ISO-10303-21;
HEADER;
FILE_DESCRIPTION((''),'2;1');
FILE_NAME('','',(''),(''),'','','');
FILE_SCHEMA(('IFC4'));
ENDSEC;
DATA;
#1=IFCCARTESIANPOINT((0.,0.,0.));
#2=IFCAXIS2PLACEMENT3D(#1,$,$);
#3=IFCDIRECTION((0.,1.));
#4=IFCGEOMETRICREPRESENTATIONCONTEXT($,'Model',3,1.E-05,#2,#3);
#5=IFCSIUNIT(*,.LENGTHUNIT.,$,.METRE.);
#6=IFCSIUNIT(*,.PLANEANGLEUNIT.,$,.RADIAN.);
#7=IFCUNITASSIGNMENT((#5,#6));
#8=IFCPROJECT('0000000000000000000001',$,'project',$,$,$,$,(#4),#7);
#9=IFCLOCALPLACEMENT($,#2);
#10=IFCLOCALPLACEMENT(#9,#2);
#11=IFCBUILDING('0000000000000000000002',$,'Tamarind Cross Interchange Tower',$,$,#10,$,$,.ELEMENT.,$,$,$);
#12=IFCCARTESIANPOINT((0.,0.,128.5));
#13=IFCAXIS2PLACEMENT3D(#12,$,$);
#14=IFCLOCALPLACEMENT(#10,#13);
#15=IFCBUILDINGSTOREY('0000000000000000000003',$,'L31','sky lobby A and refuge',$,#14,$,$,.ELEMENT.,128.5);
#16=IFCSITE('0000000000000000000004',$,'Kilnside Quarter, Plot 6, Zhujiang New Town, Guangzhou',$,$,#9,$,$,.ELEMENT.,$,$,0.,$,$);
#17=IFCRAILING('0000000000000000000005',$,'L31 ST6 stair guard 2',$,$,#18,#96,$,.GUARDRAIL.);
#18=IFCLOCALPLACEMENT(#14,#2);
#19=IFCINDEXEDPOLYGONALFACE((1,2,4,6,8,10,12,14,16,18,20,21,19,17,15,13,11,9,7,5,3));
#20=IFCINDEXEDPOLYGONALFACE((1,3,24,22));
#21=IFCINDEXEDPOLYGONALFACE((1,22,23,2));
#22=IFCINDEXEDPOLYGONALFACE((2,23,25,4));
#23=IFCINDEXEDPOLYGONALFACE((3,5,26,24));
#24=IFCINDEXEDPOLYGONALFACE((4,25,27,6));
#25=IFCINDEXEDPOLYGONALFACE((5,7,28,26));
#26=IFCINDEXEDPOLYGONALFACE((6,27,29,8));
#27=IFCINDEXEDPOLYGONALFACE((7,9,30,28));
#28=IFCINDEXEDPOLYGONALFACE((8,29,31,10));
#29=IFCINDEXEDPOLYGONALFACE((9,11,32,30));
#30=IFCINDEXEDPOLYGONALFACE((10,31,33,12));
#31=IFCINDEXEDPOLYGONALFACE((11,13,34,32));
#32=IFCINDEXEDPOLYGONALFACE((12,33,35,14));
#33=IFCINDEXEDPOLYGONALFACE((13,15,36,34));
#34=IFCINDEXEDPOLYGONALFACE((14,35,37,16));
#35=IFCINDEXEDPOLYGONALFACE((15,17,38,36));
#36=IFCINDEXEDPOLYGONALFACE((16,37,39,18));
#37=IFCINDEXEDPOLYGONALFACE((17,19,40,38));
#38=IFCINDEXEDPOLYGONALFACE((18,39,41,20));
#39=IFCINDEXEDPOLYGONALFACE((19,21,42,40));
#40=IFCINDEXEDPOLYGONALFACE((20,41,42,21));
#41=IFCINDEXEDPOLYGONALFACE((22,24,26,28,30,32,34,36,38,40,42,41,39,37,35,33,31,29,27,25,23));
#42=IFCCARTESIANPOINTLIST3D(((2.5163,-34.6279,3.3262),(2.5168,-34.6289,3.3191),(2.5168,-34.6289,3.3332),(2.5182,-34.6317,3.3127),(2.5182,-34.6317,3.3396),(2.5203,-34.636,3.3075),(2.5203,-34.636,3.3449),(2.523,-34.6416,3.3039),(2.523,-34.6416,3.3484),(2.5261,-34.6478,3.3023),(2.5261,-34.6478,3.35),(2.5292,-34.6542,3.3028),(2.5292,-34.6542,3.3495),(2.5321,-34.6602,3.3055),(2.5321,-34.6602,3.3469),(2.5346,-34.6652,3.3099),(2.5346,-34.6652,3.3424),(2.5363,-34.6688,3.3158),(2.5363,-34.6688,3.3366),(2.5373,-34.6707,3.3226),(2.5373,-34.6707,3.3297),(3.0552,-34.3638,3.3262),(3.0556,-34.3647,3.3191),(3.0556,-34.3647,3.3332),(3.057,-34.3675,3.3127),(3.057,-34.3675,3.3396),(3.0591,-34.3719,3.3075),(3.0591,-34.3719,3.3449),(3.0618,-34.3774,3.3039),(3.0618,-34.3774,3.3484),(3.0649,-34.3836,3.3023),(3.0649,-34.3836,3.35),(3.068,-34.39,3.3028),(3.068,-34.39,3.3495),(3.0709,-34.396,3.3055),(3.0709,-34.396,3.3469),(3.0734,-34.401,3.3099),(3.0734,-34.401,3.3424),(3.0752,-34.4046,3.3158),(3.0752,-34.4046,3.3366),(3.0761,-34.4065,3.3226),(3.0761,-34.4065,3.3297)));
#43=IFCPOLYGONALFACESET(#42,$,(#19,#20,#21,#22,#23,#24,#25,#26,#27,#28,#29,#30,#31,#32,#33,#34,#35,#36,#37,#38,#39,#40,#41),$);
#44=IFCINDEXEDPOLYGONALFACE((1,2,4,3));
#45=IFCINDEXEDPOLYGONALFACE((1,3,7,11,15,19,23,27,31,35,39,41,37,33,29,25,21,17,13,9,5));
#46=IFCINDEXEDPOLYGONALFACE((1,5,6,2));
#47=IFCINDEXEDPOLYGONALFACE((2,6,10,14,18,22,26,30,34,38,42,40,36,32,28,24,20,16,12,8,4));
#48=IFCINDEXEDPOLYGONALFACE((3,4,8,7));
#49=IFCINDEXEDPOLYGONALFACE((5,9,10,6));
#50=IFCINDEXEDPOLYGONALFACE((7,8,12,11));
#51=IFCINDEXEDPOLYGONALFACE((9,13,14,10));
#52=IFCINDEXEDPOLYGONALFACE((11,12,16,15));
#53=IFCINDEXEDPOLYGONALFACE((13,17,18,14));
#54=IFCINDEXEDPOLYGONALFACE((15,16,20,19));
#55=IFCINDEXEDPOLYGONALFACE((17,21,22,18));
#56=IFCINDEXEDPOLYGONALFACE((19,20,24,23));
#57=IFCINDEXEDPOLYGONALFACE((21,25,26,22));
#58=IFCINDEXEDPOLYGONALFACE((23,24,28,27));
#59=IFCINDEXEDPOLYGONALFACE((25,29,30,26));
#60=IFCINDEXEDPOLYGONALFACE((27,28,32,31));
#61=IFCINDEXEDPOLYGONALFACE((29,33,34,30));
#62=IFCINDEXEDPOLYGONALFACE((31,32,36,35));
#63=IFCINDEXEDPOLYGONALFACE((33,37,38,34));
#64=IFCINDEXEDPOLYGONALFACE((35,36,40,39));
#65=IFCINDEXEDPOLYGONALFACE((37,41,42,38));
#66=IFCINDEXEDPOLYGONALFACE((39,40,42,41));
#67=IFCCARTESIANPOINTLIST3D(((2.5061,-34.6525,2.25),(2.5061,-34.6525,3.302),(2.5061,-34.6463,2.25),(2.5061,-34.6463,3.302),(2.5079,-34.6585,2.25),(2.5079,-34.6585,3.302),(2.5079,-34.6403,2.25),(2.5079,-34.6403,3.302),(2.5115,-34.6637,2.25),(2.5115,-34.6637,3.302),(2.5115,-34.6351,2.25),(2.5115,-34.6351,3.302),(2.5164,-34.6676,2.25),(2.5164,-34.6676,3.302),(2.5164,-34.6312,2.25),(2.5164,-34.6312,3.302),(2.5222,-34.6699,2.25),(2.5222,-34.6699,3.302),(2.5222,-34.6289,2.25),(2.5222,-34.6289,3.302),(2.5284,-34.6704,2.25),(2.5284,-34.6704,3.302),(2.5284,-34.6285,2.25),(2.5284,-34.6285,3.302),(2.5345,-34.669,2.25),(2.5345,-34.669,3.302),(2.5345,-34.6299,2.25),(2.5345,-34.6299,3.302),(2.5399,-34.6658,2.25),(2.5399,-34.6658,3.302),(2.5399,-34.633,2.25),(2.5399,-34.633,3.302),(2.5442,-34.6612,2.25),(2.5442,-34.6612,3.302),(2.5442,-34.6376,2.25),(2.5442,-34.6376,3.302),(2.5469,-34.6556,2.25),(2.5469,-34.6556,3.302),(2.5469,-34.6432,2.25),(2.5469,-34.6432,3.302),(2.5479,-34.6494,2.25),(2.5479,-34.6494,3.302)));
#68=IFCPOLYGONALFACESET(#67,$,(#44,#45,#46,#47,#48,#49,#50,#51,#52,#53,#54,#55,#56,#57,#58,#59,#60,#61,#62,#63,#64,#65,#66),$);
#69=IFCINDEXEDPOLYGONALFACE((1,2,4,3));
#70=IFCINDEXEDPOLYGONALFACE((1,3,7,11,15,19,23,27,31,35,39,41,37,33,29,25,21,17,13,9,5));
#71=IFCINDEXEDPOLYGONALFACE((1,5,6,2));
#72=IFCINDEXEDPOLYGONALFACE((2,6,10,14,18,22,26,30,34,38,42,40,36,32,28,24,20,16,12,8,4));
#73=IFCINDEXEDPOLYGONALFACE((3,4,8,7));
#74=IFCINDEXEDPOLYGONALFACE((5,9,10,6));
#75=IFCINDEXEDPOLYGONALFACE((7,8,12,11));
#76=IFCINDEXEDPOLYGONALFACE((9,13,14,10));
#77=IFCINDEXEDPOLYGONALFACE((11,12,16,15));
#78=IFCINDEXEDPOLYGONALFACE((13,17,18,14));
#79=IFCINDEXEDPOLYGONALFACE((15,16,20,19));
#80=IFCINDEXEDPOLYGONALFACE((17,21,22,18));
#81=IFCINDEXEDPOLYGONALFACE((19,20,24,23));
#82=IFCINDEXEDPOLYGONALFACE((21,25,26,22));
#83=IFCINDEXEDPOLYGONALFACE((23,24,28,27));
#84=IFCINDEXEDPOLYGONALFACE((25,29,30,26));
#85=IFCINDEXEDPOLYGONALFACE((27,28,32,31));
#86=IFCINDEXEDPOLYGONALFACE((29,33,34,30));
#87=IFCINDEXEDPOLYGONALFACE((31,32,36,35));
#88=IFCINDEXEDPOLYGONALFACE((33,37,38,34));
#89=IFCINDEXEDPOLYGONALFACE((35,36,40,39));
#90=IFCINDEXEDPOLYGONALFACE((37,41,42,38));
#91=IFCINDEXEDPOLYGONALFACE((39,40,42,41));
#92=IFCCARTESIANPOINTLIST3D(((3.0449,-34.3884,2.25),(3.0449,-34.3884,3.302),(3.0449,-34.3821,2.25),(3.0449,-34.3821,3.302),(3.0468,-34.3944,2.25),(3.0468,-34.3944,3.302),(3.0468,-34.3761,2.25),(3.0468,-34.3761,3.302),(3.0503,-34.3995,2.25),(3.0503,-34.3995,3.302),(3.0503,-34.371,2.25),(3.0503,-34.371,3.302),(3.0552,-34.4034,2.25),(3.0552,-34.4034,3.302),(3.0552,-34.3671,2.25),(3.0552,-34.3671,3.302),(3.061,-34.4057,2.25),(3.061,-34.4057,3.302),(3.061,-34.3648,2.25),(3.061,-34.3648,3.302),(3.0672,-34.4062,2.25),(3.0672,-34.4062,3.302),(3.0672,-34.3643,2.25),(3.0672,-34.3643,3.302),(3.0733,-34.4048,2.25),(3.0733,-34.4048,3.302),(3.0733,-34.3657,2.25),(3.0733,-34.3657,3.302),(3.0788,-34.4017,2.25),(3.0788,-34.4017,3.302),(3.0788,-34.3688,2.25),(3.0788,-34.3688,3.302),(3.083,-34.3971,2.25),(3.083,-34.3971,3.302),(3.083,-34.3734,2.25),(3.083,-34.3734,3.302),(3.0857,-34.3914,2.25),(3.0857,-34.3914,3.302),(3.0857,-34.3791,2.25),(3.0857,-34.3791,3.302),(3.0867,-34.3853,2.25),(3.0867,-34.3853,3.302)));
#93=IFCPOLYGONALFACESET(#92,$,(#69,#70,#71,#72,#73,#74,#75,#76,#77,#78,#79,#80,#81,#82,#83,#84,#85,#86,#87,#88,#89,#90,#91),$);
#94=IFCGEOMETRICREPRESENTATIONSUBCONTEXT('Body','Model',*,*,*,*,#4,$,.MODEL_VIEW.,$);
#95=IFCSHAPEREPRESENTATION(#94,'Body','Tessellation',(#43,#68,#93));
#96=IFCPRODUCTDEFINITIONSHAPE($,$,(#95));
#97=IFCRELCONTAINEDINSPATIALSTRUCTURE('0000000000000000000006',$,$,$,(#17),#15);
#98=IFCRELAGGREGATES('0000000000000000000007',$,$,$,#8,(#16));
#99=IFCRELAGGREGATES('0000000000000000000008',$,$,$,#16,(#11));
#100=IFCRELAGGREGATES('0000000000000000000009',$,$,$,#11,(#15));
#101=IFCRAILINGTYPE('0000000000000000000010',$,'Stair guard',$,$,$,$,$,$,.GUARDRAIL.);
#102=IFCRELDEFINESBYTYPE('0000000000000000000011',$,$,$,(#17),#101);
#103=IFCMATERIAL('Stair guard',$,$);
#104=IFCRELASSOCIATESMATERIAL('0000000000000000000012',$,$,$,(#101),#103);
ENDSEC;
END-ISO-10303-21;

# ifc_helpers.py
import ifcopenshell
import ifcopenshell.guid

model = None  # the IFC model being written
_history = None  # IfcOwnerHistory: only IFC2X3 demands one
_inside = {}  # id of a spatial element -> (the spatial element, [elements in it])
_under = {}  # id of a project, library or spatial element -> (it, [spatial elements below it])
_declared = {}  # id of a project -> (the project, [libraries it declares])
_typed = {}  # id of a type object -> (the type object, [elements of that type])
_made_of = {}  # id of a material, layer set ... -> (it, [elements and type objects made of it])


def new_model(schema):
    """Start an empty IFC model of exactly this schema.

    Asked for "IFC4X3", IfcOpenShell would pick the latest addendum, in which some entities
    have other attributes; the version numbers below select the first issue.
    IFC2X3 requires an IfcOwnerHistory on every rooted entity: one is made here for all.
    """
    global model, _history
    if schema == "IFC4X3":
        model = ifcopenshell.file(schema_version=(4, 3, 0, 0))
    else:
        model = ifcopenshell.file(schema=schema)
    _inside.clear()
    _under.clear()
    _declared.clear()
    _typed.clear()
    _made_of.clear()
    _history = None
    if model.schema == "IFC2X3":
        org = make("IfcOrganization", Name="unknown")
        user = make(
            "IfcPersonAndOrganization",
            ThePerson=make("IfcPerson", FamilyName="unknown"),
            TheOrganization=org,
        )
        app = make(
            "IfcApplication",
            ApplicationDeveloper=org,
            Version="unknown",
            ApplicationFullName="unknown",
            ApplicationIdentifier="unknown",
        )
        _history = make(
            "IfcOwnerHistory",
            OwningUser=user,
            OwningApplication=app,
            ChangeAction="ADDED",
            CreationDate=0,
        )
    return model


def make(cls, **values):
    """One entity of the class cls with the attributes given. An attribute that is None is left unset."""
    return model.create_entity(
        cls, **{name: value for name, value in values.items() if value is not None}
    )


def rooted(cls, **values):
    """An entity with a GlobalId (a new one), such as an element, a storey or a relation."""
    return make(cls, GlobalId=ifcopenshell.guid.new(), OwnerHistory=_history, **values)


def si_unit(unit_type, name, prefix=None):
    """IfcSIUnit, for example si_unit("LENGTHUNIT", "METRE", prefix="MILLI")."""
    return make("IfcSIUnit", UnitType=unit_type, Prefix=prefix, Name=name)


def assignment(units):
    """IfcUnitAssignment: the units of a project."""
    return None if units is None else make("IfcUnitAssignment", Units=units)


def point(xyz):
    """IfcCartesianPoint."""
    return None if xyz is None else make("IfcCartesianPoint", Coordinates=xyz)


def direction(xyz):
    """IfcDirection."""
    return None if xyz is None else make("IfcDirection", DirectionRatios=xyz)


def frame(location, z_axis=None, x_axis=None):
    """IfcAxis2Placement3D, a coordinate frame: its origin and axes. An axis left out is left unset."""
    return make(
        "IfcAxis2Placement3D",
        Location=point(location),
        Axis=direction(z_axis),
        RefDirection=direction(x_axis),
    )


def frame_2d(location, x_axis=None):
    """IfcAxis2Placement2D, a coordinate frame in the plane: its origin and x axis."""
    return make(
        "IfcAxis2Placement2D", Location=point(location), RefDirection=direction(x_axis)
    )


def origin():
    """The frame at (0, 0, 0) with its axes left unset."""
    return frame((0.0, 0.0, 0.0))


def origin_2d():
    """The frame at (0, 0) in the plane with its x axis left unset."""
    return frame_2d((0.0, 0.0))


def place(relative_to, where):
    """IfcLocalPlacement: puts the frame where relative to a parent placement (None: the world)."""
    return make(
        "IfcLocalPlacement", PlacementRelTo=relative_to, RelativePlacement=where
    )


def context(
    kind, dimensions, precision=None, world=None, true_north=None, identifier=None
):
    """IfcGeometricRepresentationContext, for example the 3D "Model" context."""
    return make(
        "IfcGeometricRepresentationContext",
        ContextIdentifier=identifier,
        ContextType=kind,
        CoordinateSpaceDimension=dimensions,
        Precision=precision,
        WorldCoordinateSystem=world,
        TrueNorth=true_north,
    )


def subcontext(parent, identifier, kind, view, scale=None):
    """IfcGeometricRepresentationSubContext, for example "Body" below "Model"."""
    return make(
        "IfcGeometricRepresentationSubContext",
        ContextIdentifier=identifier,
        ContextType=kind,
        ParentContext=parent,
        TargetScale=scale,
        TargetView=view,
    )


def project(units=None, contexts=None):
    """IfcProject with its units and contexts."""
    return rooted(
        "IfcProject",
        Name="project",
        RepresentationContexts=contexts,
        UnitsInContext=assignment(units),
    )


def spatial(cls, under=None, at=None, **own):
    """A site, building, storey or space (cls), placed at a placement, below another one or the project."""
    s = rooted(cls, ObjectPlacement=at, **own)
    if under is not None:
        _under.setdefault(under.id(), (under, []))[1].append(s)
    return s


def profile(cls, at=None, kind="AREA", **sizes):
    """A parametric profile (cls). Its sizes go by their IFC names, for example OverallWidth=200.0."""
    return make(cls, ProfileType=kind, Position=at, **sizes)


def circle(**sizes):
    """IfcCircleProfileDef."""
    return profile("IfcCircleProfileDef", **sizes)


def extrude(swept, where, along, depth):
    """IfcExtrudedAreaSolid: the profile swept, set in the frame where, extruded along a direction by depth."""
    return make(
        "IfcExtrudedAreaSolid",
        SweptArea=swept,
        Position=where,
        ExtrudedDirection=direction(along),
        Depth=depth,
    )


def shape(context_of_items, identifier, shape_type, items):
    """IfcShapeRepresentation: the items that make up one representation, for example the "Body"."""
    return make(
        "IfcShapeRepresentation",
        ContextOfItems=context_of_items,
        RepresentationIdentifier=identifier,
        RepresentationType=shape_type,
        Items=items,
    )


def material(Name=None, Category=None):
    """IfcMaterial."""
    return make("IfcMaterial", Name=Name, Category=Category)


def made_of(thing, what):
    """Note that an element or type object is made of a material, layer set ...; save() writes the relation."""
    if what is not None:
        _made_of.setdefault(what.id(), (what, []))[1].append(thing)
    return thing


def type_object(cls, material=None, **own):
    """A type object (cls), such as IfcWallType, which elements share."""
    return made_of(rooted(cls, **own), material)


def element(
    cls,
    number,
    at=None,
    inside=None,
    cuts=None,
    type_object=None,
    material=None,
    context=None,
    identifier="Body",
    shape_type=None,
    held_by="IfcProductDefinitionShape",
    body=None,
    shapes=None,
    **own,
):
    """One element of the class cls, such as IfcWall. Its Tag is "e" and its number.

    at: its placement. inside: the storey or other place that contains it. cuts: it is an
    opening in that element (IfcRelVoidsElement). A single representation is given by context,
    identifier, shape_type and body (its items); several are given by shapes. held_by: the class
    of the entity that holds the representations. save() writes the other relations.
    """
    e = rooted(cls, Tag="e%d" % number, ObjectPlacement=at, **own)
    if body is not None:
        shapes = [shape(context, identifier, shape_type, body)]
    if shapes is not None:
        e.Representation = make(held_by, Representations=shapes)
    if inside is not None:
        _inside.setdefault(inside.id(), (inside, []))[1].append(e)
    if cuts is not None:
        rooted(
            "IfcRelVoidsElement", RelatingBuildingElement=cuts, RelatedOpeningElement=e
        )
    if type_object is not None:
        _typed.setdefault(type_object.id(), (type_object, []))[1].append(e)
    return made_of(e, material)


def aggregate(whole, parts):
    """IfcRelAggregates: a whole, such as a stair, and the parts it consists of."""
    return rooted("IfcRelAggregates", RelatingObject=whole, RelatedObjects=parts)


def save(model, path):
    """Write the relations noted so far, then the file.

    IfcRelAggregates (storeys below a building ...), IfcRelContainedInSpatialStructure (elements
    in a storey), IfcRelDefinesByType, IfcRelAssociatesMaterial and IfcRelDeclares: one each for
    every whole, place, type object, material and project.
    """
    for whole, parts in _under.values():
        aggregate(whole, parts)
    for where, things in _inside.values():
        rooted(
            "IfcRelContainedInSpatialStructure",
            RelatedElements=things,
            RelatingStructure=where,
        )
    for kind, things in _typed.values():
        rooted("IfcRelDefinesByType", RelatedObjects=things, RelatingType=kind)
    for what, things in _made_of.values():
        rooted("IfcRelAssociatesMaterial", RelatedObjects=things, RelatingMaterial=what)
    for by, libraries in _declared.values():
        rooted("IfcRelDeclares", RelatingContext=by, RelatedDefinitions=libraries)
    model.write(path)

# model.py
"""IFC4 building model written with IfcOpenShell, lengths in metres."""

from ifc_helpers import new_model, si_unit, direction, frame, origin, origin_2d, place, context, subcontext, project, spatial, circle, extrude, material, type_object, element, save


model = new_model("IFC4")

# Units and contexts
model_context = context("Model", 3, precision=1e-05, world=origin(), true_north=direction((0.0, 1.0)))
body_context = subcontext(model_context, "Body", "Model", "MODEL_VIEW")
ifc_project = project(units=[si_unit("LENGTHUNIT", "METRE"), si_unit("PLANEANGLEUNIT", "RADIAN")], contexts=[model_context])

# Site, building, storey
site_placement = place(None, origin())
site = spatial("IfcSite", under=ifc_project, at=site_placement, Name="Kilnside Quarter, Plot 6, Zhujiang New Town, Guangzhou", CompositionType="ELEMENT", RefElevation=0.0)
building_placement = place(site_placement, origin())
building = spatial("IfcBuilding", under=site, at=building_placement, Name="Tamarind Cross Interchange Tower", CompositionType="ELEMENT")
storey_placement = place(building_placement, frame((0.0, 0.0, 128.5)))
storey = spatial("IfcBuildingStorey", under=building, at=storey_placement, Name="L31", Description="sky lobby A and refuge", CompositionType="ELEMENT", Elevation=128.5)

# Railing
ifc_material_1 = material(Name="Stair guard")
railing_type_1 = type_object("IfcRailingType", Name="Stair guard", PredefinedType="GUARDRAIL", material=ifc_material_1)
railing_1_placement = place(storey_placement, frame((2.5269, -34.6494, 2.25)))
element("IfcRailing", 1, at=railing_1_placement, inside=storey, type_object=railing_type_1, Name="L31 ST6 stair guard 2", PredefinedType="GUARDRAIL", context=body_context, shape_type="SweptSolid", body=[
    extrude(circle(Radius=0.0239, at=origin_2d()), frame((0.0, 0.0, 1.0762), z_axis=(0.897899, 0.440202, 0.0), x_axis=(-0.440202, 0.897899, 0.0)), (0.0, 0.0, 1.0), 0.6001),
    extrude(circle(Radius=0.021, at=origin_2d()), origin(), (0.0, 0.0, 1.0), 1.052),
    extrude(circle(Radius=0.021, at=origin_2d()), frame((0.5388, 0.2642, 0.0)), (0.0, 0.0, 1.0), 1.052),
])

save(model, "model.ifc")
